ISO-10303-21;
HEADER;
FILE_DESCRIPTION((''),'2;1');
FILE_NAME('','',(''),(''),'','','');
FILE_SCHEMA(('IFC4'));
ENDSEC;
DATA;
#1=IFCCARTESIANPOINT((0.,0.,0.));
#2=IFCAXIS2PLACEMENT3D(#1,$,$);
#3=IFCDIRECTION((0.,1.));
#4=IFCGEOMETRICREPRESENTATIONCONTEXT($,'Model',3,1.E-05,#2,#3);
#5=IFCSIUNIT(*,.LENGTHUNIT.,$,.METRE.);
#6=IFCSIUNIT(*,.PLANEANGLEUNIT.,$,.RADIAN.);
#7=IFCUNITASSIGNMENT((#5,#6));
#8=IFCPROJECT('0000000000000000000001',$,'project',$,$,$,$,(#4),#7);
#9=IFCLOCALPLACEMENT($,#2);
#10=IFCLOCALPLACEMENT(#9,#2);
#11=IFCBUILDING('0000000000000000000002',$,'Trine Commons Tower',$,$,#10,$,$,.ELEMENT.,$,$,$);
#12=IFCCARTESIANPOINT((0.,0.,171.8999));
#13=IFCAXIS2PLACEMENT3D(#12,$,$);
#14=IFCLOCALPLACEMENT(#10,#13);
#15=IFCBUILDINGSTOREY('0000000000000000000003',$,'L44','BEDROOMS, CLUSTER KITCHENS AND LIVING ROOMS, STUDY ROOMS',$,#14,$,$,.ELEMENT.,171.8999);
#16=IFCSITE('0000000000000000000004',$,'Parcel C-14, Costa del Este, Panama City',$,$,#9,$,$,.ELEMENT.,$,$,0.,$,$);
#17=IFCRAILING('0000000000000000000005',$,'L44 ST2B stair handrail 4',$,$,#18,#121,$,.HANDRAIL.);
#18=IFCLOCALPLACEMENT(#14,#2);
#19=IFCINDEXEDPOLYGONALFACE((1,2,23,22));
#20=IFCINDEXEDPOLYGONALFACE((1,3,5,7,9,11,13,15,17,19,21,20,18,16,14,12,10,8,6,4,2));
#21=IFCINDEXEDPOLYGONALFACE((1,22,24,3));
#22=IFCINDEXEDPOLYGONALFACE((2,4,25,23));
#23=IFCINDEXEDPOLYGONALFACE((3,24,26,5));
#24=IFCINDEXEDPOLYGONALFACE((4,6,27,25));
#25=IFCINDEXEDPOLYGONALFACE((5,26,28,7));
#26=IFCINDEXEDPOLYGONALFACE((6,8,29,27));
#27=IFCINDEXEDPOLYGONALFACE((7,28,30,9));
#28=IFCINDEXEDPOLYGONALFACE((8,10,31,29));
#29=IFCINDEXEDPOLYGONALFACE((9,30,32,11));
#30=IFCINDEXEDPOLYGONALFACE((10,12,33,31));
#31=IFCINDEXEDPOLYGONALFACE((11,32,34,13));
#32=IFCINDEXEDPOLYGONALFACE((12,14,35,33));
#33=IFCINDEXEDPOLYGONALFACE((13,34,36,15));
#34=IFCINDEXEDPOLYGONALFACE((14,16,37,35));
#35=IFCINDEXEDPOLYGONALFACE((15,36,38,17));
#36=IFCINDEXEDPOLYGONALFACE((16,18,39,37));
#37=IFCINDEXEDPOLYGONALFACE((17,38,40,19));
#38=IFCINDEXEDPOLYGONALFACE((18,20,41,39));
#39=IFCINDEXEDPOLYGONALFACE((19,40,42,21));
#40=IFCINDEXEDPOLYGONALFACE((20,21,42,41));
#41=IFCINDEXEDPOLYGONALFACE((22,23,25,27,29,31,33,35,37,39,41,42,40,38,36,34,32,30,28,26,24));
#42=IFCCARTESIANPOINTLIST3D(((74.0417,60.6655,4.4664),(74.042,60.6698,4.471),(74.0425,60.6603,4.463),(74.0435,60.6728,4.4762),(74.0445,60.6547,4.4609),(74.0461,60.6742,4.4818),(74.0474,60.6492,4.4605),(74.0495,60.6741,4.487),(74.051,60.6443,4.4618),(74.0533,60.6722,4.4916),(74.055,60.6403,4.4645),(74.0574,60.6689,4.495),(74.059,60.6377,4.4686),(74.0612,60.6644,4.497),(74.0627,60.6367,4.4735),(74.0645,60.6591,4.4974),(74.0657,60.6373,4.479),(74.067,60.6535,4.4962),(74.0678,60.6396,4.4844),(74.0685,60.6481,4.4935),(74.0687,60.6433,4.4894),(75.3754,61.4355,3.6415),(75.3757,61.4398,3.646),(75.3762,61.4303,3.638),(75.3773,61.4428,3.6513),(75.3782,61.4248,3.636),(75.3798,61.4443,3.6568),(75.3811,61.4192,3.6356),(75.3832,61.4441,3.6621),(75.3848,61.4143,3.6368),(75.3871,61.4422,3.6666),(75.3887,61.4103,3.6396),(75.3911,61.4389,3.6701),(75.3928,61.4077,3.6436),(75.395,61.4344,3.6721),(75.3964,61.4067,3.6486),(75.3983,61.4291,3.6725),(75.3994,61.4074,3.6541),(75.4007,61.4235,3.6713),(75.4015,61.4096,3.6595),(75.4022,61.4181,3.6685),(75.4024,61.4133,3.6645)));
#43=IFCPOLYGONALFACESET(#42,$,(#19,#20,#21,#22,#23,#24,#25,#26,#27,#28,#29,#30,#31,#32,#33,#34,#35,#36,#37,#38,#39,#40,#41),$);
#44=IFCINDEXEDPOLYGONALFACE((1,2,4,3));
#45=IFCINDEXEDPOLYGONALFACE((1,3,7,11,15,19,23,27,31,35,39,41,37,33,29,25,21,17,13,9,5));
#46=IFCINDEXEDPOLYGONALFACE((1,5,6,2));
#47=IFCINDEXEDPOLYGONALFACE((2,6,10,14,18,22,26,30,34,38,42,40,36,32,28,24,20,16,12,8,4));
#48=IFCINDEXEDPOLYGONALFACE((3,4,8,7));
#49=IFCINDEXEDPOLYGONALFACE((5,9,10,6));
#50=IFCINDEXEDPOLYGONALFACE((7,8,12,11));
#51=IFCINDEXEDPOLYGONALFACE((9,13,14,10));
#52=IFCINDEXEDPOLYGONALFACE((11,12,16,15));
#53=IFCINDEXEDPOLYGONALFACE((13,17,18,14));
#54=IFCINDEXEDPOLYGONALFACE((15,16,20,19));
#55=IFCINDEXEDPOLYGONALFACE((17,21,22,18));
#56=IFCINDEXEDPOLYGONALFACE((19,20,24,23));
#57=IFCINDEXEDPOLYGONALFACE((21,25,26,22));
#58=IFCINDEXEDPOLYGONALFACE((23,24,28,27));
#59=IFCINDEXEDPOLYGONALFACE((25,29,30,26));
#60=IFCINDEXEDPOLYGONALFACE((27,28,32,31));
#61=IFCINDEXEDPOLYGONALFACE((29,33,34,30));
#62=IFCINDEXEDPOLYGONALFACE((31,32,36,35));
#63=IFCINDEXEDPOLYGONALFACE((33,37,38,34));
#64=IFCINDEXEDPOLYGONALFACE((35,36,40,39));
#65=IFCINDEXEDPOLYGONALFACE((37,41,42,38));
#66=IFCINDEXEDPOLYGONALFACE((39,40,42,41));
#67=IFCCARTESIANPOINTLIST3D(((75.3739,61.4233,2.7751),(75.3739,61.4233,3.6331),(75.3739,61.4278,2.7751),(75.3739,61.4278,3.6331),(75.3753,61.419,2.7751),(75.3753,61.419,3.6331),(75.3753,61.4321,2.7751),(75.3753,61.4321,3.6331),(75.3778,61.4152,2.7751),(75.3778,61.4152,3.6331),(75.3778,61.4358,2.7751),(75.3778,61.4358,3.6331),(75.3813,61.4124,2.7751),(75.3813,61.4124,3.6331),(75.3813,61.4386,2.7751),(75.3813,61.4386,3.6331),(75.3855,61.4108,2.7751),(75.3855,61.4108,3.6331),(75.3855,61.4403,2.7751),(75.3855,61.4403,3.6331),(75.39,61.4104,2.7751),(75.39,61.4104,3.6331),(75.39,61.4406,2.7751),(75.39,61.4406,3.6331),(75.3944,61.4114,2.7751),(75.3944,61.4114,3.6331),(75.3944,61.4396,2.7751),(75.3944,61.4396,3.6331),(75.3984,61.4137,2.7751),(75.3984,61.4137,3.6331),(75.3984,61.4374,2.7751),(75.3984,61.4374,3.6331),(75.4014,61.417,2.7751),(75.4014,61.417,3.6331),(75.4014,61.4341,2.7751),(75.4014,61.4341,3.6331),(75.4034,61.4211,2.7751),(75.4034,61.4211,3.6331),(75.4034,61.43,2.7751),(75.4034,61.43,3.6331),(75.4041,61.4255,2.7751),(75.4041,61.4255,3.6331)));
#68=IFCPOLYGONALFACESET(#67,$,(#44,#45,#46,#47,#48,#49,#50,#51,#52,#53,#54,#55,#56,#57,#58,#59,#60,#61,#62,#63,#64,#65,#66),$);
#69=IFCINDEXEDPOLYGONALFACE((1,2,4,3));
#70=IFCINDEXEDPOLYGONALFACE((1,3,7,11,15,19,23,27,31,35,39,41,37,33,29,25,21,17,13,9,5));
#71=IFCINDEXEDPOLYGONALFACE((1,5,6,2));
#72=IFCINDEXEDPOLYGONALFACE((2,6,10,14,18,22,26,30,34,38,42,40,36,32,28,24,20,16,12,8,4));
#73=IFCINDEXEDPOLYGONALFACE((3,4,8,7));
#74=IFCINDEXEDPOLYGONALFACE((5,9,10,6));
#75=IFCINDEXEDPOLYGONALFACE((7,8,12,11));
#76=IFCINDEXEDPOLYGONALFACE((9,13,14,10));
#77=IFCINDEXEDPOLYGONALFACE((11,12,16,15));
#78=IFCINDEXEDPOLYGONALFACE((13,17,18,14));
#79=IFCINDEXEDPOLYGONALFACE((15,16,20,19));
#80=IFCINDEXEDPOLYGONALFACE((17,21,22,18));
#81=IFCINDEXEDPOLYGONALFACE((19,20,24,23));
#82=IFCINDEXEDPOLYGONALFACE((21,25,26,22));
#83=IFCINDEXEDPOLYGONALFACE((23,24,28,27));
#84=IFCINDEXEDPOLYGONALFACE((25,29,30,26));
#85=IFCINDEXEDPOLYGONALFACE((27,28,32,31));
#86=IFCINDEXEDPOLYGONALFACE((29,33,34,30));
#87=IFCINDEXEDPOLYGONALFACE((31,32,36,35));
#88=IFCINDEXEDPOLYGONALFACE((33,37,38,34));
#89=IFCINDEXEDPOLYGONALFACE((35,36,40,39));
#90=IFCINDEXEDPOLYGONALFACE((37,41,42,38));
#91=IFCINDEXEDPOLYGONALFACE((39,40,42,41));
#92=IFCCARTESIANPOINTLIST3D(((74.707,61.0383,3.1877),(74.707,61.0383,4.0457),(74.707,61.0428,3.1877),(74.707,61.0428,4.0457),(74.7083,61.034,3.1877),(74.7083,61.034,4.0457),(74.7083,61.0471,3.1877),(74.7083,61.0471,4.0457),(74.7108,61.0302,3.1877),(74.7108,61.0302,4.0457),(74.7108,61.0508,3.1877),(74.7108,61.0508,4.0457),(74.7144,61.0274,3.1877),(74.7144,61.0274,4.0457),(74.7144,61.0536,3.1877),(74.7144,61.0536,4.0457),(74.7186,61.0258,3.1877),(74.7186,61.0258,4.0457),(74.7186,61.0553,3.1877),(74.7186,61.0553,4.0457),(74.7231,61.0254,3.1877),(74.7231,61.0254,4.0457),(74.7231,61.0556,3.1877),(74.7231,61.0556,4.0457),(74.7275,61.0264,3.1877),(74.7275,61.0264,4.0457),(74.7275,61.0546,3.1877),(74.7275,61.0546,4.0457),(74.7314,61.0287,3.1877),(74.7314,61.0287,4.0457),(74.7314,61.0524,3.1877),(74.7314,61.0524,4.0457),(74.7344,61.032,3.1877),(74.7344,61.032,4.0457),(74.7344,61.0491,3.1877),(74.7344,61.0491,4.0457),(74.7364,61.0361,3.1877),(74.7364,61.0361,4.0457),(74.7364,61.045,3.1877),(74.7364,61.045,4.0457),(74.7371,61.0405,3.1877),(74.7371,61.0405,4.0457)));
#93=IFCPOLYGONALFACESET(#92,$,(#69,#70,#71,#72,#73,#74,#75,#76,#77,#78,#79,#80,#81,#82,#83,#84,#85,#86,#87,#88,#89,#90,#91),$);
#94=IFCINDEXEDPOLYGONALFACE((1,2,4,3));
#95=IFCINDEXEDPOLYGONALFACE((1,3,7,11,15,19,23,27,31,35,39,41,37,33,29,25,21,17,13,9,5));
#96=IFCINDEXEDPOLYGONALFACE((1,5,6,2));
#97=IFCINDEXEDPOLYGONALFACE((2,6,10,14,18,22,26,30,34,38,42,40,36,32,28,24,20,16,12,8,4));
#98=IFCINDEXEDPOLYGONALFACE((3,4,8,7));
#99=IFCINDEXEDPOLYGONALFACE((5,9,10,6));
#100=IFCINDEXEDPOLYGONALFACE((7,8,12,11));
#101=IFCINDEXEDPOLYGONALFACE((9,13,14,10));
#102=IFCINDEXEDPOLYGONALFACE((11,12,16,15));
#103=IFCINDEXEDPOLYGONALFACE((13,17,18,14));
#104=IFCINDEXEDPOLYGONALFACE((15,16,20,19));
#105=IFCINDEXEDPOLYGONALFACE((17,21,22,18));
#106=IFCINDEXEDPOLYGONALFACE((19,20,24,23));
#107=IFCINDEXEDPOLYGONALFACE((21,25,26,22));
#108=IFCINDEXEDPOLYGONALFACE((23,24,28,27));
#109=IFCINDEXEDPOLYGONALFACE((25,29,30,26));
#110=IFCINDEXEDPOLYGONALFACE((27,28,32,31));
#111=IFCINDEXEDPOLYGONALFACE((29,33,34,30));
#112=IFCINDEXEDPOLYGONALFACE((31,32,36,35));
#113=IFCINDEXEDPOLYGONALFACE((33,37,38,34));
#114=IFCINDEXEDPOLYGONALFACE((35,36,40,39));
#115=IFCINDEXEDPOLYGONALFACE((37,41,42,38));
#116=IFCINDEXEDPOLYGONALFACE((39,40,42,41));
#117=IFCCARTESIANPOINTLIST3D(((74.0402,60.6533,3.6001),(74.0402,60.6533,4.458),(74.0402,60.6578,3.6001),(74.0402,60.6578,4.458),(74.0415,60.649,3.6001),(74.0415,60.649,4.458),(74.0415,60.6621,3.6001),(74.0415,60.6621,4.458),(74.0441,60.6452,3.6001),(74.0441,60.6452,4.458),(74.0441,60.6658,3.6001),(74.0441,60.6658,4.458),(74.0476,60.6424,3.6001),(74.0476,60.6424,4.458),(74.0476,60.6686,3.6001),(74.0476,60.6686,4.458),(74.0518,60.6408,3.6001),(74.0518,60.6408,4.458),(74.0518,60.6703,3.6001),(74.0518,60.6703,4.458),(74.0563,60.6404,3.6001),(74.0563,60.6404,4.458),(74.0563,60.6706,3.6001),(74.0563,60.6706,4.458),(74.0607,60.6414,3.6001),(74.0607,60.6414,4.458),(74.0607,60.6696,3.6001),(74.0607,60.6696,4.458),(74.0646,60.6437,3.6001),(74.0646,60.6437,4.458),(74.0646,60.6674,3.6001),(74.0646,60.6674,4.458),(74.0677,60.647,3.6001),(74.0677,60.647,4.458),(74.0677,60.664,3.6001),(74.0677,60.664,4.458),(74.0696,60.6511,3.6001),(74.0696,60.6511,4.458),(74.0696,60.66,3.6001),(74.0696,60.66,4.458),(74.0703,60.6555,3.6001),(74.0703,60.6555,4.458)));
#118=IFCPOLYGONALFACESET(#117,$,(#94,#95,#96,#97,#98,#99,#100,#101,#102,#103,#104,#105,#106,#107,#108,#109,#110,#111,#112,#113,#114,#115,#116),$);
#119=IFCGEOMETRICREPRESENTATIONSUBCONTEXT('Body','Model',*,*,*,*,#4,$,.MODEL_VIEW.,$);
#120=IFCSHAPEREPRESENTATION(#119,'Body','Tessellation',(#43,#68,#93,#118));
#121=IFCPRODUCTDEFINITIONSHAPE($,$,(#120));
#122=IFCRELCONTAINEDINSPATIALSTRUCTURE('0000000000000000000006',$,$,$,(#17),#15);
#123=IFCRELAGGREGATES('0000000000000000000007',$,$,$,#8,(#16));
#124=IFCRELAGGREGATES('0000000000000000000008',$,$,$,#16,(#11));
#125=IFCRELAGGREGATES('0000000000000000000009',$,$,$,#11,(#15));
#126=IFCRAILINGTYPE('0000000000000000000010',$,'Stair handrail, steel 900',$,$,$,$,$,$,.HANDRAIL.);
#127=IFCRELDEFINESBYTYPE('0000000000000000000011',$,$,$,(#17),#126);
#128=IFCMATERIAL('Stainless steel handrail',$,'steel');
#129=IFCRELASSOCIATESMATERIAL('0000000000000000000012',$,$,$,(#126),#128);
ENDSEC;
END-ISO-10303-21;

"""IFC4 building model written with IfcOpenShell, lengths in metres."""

from ifc_helpers import new_model, si_unit, direction, frame, origin, origin_2d, place, context, subcontext, project, spatial, circle, extrude, material, type_object, element, save


model = new_model("IFC4")

# Units and contexts
model_context = context("Model", 3, precision=1e-05, world=origin(), true_north=direction((0.0, 1.0)))
body_context = subcontext(model_context, "Body", "Model", "MODEL_VIEW")
ifc_project = project(units=[si_unit("LENGTHUNIT", "METRE"), si_unit("PLANEANGLEUNIT", "RADIAN")], contexts=[model_context])

# Site, building, storey
site_placement = place(None, origin())
site = spatial("IfcSite", under=ifc_project, at=site_placement, Name="Parcel C-14, Costa del Este, Panama City", CompositionType="ELEMENT", RefElevation=0.0)
building_placement = place(site_placement, origin())
building = spatial("IfcBuilding", under=site, at=building_placement, Name="Trine Commons Tower", CompositionType="ELEMENT")
storey_placement = place(building_placement, frame((0.0, 0.0, 171.8999)))
storey = spatial("IfcBuildingStorey", under=building, at=storey_placement, Name="L44", Description="BEDROOMS, CLUSTER KITCHENS AND LIVING ROOMS, STUDY ROOMS", CompositionType="ELEMENT", Elevation=171.8999)

# Railing
ifc_material_1 = material(Name="Stainless steel handrail", Category="steel")
railing_type_1 = type_object("IfcRailingType", Name="Stair handrail, steel 900", PredefinedType="HANDRAIL", material=ifc_material_1)
for number, where, name in (
    (1, (75.3889, 61.4255, 2.7751), "L44 ST2B stair handrail 4"),
):
    element("IfcRailing", number, at=place(storey_placement, frame(where)), inside=storey, type_object=railing_type_1, Name=name, PredefinedType="HANDRAIL", context=body_context, shape_type="SweptSolid", body=[
        extrude(circle(Radius=0.021, at=origin_2d()), frame((0.0, 0.0, 0.8789), z_axis=(-0.763405, -0.440743, 0.472185), x_axis=(0.499992, -0.86603, 0.0)), (0.0, 0.0, 1.0), 1.7471),
        extrude(circle(Radius=0.0151, at=origin_2d()), origin(), (0.0, 0.0, 1.0), 0.8579),
        extrude(circle(Radius=0.0151, at=origin_2d()), frame((-0.667, -0.385, 0.4126)), (0.0, 0.0, 1.0), 0.8579),
        extrude(circle(Radius=0.0151, at=origin_2d()), frame((-1.3337, -0.77, 0.825)), (0.0, 0.0, 1.0), 0.8579),
    ])

save(model, "model.ifc")
